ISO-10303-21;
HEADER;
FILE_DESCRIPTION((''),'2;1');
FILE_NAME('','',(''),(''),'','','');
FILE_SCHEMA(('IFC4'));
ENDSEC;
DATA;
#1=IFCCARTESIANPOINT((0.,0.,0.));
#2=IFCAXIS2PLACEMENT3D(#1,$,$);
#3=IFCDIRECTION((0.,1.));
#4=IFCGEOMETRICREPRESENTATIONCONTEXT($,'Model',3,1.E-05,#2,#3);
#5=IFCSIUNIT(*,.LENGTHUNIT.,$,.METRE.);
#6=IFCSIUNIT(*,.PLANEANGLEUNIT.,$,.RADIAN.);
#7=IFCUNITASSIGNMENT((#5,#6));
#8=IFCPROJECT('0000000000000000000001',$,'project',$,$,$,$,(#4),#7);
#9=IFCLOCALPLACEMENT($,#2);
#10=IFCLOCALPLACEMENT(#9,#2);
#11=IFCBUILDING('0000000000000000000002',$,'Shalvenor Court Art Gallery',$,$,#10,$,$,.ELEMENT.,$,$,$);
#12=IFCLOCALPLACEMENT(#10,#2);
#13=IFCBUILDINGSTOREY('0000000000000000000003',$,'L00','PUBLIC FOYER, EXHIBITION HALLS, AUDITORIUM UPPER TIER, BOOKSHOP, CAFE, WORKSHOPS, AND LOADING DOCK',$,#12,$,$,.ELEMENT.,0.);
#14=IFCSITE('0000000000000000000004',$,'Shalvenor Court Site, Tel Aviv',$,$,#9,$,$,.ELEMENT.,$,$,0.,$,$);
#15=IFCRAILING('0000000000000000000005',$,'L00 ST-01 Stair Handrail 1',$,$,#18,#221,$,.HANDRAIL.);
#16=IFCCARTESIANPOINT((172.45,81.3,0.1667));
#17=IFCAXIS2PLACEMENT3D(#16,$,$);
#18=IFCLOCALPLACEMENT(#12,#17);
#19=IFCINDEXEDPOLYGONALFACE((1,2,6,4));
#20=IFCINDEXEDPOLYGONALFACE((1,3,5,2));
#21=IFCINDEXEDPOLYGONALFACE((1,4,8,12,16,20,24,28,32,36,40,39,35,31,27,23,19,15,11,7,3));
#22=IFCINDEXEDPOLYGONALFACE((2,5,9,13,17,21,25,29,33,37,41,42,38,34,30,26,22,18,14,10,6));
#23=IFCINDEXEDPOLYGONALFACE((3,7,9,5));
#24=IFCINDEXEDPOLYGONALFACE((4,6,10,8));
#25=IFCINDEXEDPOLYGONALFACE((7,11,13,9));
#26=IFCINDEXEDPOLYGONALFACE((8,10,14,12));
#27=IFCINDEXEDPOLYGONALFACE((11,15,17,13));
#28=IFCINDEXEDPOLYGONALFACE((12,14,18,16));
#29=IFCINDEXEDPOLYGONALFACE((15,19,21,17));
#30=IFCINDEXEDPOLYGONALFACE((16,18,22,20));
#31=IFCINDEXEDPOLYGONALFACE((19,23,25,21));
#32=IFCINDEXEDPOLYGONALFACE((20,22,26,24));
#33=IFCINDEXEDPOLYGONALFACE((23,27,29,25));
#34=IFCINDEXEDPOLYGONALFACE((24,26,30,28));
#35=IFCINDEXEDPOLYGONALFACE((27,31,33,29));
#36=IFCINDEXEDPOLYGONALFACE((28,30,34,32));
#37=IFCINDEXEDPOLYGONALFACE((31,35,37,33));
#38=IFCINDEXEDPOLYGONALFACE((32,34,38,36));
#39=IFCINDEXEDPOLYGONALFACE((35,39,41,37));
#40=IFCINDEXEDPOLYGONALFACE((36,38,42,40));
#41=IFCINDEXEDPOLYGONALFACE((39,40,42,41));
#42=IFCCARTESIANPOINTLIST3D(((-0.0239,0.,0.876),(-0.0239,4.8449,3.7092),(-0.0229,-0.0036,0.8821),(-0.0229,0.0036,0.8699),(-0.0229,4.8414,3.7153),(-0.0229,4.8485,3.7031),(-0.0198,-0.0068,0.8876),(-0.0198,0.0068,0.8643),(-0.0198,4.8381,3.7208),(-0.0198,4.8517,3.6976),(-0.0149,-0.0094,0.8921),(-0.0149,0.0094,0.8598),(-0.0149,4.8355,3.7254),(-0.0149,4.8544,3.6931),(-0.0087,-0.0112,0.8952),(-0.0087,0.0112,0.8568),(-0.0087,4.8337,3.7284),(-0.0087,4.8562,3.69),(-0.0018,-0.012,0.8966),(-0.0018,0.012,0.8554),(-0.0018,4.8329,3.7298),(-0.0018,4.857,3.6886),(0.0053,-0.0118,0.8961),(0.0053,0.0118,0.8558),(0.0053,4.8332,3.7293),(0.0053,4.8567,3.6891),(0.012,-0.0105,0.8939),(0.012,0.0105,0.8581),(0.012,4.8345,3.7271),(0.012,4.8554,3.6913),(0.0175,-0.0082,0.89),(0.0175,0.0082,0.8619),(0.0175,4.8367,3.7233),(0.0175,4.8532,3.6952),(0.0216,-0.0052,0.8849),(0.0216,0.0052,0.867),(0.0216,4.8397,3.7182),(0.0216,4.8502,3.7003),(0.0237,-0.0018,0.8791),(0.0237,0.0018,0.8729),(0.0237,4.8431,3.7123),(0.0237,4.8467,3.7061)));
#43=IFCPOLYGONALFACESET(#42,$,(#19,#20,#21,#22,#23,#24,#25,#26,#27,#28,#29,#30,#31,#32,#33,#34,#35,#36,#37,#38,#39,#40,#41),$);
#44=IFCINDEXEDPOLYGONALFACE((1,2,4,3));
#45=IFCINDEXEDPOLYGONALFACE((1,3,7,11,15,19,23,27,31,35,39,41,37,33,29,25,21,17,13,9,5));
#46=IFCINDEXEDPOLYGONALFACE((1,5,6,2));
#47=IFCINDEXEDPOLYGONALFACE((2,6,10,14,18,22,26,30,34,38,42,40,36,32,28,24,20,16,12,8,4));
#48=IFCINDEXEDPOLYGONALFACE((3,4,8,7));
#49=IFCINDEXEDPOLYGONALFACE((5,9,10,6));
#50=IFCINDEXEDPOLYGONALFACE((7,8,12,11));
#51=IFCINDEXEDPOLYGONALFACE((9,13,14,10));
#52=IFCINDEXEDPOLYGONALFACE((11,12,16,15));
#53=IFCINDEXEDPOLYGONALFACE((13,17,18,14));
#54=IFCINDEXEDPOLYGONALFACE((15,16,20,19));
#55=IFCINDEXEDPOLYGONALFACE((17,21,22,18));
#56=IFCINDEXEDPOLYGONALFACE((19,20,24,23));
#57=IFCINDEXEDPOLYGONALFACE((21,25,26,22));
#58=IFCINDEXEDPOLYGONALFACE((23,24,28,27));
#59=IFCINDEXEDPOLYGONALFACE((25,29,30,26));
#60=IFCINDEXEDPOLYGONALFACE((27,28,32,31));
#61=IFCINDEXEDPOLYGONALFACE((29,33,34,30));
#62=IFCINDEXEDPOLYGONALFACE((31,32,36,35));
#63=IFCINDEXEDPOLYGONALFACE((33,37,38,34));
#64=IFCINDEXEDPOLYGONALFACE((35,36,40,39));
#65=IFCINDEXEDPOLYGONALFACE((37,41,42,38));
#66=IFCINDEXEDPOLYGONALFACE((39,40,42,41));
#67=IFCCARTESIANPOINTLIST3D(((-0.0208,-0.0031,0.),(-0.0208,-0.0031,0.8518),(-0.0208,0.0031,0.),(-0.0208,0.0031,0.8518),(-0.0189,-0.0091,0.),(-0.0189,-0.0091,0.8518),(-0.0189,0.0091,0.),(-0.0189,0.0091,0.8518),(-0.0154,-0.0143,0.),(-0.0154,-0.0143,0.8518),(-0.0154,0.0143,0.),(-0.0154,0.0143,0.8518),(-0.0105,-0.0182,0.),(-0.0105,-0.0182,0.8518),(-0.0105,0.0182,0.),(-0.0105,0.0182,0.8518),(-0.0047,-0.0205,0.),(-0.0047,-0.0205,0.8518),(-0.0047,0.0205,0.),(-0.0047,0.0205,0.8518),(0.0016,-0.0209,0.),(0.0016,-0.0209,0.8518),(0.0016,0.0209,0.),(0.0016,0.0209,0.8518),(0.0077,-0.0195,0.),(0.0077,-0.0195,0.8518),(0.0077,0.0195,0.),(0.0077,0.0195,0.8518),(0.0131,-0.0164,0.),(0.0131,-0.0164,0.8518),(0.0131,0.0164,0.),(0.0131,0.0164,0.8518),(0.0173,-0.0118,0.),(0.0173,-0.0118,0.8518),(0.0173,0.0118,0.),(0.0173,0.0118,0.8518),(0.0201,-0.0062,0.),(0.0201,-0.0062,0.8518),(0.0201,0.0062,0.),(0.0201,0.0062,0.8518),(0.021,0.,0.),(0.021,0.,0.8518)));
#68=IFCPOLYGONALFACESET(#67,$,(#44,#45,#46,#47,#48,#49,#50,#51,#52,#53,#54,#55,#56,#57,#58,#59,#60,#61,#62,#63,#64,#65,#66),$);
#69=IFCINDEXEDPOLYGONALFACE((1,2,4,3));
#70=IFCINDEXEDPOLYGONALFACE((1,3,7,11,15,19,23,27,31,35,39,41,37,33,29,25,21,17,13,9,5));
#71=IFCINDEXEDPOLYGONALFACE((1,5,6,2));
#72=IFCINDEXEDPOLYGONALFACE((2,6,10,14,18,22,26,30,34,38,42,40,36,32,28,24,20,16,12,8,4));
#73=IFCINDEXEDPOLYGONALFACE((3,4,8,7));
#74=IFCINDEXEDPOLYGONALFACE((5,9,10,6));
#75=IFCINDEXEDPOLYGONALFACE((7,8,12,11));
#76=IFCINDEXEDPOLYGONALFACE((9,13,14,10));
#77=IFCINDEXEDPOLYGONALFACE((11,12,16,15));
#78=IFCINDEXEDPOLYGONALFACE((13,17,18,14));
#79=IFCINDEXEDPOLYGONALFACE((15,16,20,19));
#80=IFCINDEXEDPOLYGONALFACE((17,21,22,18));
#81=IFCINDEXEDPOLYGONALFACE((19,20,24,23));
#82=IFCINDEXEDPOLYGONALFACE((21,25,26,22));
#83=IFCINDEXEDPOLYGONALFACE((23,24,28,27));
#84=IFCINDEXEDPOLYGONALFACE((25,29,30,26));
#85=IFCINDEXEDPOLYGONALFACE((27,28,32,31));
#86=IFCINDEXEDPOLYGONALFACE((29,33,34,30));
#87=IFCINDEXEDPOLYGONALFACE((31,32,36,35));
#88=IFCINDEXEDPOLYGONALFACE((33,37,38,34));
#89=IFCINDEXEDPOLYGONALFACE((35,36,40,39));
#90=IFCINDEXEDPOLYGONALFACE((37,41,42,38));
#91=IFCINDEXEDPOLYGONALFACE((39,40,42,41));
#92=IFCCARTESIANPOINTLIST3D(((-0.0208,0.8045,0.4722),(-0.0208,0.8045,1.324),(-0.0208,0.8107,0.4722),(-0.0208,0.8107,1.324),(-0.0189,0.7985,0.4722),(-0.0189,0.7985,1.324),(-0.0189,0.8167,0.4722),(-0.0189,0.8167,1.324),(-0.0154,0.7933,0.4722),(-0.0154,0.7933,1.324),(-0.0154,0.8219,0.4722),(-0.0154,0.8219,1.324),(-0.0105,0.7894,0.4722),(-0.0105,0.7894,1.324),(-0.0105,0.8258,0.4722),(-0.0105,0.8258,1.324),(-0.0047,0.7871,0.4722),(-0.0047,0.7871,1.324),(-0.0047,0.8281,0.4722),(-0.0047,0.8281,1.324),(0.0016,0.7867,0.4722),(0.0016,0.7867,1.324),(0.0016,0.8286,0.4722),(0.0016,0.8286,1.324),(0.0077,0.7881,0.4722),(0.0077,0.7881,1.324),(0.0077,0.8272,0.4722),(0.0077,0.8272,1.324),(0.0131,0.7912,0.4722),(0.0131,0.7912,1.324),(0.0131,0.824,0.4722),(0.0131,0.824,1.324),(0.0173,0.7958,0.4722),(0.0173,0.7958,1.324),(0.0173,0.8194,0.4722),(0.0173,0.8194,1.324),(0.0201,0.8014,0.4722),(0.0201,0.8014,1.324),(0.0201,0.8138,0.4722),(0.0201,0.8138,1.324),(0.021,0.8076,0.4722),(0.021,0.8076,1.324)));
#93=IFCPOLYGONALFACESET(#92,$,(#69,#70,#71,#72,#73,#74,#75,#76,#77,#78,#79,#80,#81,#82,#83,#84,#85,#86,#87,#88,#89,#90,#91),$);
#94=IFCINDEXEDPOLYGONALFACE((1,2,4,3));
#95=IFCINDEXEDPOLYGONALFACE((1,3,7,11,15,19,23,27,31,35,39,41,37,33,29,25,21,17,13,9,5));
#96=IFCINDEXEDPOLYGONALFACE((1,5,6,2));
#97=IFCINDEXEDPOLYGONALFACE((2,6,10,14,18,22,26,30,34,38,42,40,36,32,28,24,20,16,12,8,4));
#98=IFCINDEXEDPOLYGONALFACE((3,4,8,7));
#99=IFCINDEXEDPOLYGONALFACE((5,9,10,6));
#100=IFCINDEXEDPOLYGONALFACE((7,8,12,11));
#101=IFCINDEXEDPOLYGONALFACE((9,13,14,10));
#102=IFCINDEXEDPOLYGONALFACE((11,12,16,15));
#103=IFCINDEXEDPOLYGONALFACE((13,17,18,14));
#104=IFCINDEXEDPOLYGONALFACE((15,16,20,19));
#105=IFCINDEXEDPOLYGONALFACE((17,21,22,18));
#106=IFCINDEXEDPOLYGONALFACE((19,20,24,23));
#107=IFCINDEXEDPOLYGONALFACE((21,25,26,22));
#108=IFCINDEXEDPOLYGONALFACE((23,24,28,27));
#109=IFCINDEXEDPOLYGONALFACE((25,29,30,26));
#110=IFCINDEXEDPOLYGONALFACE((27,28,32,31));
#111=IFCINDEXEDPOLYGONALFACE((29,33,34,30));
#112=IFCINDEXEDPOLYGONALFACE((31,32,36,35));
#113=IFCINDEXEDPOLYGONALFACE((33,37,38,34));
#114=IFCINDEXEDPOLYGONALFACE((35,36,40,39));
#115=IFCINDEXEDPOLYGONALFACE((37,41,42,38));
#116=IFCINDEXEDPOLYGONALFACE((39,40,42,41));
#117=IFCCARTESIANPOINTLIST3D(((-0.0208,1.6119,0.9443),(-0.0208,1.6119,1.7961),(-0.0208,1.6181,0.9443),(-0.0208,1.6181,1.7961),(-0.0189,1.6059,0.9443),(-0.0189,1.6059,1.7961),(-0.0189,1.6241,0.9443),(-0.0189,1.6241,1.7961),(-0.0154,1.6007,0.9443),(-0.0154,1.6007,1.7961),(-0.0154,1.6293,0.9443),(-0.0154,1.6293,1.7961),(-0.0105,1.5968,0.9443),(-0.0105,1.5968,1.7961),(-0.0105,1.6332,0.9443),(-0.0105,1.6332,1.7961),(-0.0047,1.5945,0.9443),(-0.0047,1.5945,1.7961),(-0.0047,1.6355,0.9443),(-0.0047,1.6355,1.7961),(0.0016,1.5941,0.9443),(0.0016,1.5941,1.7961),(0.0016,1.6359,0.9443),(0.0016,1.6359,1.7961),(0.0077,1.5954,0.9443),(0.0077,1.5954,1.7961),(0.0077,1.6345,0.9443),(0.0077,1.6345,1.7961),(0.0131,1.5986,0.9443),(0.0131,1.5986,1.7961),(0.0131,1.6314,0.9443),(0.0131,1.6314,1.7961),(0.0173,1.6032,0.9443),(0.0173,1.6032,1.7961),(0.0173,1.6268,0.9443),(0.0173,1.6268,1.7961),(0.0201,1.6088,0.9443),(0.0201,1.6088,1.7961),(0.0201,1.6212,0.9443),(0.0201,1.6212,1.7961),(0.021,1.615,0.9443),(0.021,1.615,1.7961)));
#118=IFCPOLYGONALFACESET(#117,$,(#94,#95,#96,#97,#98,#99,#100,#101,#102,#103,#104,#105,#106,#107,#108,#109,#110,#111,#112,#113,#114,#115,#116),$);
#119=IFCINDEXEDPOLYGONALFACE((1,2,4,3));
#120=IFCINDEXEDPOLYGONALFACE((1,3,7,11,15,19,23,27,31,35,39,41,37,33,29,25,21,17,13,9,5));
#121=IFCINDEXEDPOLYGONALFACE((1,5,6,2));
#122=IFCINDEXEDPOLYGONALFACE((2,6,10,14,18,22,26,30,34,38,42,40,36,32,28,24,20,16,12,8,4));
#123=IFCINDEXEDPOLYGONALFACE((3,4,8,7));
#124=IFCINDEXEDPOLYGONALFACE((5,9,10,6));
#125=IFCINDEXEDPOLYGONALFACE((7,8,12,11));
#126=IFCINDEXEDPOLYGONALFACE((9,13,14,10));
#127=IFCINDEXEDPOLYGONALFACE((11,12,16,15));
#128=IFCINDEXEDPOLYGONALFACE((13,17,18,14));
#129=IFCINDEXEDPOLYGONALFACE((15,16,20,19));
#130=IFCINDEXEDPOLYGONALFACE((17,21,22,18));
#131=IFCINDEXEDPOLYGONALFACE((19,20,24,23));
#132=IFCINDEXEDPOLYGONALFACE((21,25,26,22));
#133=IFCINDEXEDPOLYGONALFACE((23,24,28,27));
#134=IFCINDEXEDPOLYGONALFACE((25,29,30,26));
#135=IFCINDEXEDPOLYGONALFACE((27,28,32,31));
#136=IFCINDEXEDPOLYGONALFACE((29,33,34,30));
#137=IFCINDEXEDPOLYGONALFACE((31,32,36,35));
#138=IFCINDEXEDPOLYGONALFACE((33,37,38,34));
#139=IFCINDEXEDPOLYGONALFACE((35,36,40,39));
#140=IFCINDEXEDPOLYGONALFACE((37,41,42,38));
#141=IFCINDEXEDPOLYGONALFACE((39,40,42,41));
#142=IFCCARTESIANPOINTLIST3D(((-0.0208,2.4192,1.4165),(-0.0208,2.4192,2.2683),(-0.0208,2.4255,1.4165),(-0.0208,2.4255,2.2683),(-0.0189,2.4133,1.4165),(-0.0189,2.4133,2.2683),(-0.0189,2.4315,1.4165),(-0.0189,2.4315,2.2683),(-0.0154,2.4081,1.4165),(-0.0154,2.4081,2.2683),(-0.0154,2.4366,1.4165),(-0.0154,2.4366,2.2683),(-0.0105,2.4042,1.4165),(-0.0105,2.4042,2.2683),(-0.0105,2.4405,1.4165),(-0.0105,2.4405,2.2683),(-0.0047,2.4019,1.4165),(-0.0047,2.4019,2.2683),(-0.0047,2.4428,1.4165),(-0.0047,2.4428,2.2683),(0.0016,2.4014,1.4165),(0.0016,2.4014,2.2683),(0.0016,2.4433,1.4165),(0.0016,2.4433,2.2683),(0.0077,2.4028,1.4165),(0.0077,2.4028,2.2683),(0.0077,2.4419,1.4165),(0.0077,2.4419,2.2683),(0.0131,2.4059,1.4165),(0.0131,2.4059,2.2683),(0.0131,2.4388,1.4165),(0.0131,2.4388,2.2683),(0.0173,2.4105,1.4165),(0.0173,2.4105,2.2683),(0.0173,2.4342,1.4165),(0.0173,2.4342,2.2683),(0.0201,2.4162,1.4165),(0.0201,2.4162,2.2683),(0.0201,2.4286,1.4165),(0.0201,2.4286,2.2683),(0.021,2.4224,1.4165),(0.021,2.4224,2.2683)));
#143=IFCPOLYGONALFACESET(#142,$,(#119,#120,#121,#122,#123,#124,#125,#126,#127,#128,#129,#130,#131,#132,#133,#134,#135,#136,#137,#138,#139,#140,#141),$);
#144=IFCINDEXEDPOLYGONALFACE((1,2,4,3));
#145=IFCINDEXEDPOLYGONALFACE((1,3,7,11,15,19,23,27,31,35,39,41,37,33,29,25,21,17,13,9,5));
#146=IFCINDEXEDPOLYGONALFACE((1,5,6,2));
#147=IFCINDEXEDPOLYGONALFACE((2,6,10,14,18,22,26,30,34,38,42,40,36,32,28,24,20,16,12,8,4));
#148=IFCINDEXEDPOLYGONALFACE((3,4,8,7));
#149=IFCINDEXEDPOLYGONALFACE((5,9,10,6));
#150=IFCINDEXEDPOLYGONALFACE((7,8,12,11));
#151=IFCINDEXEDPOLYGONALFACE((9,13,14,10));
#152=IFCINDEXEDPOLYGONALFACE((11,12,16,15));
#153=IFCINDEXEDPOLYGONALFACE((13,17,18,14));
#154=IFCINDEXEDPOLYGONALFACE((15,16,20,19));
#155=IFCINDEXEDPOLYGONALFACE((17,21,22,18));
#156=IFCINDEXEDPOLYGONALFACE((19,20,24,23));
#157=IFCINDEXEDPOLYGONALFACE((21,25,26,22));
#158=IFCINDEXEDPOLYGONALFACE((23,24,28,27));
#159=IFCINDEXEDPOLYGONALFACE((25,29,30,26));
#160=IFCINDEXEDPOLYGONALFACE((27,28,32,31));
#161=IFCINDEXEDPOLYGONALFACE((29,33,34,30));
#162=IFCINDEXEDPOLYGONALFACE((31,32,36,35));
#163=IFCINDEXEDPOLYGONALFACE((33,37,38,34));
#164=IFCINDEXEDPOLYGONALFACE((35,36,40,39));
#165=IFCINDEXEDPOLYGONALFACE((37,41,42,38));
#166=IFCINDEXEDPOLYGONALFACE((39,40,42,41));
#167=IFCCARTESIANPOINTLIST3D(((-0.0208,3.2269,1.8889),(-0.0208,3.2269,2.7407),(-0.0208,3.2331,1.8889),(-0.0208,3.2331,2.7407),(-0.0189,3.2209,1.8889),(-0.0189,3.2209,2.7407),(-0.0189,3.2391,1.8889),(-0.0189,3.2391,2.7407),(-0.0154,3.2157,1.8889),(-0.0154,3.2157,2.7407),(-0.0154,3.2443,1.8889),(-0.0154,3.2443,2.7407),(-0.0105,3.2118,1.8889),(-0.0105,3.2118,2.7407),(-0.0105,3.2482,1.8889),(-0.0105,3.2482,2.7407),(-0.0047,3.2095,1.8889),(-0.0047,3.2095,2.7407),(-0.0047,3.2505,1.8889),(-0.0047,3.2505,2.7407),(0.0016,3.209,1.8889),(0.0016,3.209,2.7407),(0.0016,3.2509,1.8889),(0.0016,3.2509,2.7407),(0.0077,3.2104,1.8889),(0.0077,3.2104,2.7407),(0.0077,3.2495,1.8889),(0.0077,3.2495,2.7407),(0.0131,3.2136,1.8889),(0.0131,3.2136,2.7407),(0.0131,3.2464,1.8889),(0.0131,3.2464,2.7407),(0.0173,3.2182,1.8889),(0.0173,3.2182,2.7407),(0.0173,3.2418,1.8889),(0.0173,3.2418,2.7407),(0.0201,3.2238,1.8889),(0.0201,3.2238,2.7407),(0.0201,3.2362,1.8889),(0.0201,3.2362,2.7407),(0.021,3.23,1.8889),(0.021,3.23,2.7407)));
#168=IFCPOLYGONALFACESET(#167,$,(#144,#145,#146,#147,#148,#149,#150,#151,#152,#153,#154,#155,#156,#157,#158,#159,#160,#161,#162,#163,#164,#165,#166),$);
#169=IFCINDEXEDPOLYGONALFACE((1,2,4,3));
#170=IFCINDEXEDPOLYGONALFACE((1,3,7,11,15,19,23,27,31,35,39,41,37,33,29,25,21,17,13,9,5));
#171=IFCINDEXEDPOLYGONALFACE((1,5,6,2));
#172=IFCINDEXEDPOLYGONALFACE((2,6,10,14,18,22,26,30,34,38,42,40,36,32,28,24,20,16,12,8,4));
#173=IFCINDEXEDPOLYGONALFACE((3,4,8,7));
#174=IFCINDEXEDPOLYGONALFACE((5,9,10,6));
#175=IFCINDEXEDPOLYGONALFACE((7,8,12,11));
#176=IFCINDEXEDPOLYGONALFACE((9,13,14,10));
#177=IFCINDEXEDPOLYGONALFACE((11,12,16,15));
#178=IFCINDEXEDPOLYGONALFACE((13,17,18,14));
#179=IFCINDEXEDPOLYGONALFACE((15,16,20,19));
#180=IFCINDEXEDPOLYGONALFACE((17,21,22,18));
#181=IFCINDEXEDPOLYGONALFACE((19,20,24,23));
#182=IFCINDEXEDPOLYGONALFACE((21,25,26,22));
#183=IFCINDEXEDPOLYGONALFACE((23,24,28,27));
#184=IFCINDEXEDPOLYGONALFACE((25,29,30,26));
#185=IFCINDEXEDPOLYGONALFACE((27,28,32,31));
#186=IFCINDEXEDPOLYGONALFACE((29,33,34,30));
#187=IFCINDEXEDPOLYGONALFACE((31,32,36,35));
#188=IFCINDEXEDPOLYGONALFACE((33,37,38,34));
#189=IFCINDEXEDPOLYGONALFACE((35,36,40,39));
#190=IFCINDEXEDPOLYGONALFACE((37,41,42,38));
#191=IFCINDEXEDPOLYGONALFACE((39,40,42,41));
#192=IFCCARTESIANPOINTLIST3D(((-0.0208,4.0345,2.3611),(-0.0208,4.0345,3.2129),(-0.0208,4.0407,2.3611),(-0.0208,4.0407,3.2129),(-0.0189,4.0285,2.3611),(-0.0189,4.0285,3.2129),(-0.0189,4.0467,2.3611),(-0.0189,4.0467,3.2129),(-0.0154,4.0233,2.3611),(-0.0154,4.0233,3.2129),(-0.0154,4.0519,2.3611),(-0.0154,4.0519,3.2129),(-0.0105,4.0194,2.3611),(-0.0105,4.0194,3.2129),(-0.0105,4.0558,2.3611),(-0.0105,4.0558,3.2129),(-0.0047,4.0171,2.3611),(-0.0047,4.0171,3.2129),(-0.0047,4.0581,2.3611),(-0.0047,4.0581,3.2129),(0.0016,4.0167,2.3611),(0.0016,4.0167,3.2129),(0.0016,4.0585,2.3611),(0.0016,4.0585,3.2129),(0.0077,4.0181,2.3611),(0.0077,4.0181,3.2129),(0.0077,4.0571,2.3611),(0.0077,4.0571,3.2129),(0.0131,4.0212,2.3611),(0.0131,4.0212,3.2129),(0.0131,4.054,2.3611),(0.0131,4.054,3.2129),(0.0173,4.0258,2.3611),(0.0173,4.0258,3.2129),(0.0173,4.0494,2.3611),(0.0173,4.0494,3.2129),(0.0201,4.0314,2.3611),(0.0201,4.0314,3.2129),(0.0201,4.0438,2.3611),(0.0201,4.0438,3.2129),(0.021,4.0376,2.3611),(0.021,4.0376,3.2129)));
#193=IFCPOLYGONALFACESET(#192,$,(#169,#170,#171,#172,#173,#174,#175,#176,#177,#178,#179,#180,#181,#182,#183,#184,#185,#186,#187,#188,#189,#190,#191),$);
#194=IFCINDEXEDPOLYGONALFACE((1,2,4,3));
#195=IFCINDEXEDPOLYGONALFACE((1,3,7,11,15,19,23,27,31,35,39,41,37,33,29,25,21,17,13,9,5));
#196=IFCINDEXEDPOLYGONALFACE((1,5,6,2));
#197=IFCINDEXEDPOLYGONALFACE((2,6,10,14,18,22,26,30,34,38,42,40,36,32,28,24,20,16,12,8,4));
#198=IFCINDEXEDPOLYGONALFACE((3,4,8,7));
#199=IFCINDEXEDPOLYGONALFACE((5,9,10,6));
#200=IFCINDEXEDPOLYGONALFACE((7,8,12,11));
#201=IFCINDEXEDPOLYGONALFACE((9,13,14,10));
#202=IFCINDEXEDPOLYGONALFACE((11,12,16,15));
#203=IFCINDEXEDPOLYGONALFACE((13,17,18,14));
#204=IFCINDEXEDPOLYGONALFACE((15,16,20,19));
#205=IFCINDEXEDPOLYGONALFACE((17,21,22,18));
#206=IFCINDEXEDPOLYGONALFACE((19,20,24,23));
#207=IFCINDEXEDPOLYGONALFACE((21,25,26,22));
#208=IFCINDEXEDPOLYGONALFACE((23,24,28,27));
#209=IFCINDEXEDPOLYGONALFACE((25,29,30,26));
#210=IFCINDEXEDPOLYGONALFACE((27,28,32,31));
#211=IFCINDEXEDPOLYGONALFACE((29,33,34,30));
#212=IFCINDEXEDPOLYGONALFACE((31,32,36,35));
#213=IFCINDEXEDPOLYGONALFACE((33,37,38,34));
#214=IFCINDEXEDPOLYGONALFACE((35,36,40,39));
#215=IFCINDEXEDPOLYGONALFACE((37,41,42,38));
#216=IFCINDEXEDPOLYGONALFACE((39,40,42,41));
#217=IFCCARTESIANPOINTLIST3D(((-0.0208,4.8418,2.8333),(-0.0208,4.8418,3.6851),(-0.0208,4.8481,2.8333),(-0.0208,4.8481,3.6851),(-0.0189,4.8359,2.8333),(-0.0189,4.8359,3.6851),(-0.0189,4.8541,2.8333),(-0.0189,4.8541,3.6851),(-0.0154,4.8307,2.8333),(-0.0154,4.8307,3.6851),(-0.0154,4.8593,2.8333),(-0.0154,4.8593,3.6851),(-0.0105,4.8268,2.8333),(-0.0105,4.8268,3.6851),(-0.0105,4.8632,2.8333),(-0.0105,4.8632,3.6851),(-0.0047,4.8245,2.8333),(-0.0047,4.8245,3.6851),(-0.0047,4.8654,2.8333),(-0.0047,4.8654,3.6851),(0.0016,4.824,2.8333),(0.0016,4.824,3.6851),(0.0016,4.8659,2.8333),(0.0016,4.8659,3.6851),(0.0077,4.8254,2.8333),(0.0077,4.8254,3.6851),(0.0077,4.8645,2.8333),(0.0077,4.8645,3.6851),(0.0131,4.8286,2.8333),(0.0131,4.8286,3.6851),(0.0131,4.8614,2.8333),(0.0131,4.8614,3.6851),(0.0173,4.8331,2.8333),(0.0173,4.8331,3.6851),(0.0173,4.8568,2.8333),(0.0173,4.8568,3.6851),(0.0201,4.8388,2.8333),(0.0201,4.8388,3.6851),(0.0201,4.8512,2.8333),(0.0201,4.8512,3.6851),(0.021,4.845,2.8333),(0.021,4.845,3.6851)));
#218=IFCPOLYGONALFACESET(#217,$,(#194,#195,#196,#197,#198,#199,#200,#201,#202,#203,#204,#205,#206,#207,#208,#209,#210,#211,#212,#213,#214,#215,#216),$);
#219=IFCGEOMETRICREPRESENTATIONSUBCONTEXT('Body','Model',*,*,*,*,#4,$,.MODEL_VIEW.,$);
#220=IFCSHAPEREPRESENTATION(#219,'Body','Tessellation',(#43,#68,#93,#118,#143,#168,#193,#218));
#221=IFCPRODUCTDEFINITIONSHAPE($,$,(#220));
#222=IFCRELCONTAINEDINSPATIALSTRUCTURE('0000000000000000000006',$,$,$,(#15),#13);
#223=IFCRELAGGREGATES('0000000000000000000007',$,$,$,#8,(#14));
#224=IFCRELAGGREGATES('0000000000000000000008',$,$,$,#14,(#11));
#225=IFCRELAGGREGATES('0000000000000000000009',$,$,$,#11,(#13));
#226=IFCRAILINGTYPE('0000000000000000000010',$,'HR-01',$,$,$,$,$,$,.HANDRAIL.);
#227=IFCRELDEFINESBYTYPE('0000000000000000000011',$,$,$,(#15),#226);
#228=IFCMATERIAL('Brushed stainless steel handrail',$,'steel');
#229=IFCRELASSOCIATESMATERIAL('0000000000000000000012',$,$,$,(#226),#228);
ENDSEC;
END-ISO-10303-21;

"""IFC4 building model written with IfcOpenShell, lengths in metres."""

from ifc_helpers import new_model, si_unit, direction, frame, origin, origin_2d, place, context, subcontext, project, spatial, circle, extrude, material, type_object, element, save


model = new_model("IFC4")

# Units and contexts
model_context = context("Model", 3, precision=1e-05, world=origin(), true_north=direction((0.0, 1.0)))
body_context = subcontext(model_context, "Body", "Model", "MODEL_VIEW")
ifc_project = project(units=[si_unit("LENGTHUNIT", "METRE"), si_unit("PLANEANGLEUNIT", "RADIAN")], contexts=[model_context])

# Site, building, storey
site_placement = place(None, origin())
site = spatial("IfcSite", under=ifc_project, at=site_placement, Name="Shalvenor Court Site, Tel Aviv", CompositionType="ELEMENT", RefElevation=0.0)
building_placement = place(site_placement, origin())
building = spatial("IfcBuilding", under=site, at=building_placement, Name="Shalvenor Court Art Gallery", CompositionType="ELEMENT")
storey_placement = place(building_placement, origin())
storey = spatial("IfcBuildingStorey", under=building, at=storey_placement, Name="L00", Description="PUBLIC FOYER, EXHIBITION HALLS, AUDITORIUM UPPER TIER, BOOKSHOP, CAFE, WORKSHOPS, AND LOADING DOCK", CompositionType="ELEMENT", Elevation=0.0)

# Railing
ifc_material_1 = material(Name="Brushed stainless steel handrail", Category="steel")
railing_type_1 = type_object("IfcRailingType", Name="HR-01", PredefinedType="HANDRAIL", material=ifc_material_1)
railing_1_placement = place(storey_placement, frame((172.45, 81.3, 0.1667)))
element("IfcRailing", 1, at=railing_1_placement, inside=storey, type_object=railing_type_1, Name="L00 ST-01 Stair Handrail 1", PredefinedType="HANDRAIL", context=body_context, shape_type="SweptSolid", body=[
    extrude(circle(Radius=0.0239, at=origin_2d()), frame((0.0, 0.0, 0.876), z_axis=(0.0, 0.863234, 0.504804), x_axis=(-1.0, 0.0, 0.0)), (0.0, 0.0, 1.0), 5.6125),
    extrude(circle(Radius=0.021, at=origin_2d()), origin(), (0.0, 0.0, 1.0), 0.8518),
    extrude(circle(Radius=0.021, at=origin_2d()), frame((0.0, 0.8076, 0.4722)), (0.0, 0.0, 1.0), 0.8518),
    extrude(circle(Radius=0.021, at=origin_2d()), frame((0.0, 1.615, 0.9443)), (0.0, 0.0, 1.0), 0.8518),
    extrude(circle(Radius=0.021, at=origin_2d()), frame((0.0, 2.4224, 1.4165)), (0.0, 0.0, 1.0), 0.8518),
    extrude(circle(Radius=0.021, at=origin_2d()), frame((0.0, 3.23, 1.8889)), (0.0, 0.0, 1.0), 0.8518),
    extrude(circle(Radius=0.021, at=origin_2d()), frame((0.0, 4.0376, 2.3611)), (0.0, 0.0, 1.0), 0.8518),
    extrude(circle(Radius=0.021, at=origin_2d()), frame((0.0, 4.845, 2.8333)), (0.0, 0.0, 1.0), 0.8518),
])

save(model, "model.ifc")
